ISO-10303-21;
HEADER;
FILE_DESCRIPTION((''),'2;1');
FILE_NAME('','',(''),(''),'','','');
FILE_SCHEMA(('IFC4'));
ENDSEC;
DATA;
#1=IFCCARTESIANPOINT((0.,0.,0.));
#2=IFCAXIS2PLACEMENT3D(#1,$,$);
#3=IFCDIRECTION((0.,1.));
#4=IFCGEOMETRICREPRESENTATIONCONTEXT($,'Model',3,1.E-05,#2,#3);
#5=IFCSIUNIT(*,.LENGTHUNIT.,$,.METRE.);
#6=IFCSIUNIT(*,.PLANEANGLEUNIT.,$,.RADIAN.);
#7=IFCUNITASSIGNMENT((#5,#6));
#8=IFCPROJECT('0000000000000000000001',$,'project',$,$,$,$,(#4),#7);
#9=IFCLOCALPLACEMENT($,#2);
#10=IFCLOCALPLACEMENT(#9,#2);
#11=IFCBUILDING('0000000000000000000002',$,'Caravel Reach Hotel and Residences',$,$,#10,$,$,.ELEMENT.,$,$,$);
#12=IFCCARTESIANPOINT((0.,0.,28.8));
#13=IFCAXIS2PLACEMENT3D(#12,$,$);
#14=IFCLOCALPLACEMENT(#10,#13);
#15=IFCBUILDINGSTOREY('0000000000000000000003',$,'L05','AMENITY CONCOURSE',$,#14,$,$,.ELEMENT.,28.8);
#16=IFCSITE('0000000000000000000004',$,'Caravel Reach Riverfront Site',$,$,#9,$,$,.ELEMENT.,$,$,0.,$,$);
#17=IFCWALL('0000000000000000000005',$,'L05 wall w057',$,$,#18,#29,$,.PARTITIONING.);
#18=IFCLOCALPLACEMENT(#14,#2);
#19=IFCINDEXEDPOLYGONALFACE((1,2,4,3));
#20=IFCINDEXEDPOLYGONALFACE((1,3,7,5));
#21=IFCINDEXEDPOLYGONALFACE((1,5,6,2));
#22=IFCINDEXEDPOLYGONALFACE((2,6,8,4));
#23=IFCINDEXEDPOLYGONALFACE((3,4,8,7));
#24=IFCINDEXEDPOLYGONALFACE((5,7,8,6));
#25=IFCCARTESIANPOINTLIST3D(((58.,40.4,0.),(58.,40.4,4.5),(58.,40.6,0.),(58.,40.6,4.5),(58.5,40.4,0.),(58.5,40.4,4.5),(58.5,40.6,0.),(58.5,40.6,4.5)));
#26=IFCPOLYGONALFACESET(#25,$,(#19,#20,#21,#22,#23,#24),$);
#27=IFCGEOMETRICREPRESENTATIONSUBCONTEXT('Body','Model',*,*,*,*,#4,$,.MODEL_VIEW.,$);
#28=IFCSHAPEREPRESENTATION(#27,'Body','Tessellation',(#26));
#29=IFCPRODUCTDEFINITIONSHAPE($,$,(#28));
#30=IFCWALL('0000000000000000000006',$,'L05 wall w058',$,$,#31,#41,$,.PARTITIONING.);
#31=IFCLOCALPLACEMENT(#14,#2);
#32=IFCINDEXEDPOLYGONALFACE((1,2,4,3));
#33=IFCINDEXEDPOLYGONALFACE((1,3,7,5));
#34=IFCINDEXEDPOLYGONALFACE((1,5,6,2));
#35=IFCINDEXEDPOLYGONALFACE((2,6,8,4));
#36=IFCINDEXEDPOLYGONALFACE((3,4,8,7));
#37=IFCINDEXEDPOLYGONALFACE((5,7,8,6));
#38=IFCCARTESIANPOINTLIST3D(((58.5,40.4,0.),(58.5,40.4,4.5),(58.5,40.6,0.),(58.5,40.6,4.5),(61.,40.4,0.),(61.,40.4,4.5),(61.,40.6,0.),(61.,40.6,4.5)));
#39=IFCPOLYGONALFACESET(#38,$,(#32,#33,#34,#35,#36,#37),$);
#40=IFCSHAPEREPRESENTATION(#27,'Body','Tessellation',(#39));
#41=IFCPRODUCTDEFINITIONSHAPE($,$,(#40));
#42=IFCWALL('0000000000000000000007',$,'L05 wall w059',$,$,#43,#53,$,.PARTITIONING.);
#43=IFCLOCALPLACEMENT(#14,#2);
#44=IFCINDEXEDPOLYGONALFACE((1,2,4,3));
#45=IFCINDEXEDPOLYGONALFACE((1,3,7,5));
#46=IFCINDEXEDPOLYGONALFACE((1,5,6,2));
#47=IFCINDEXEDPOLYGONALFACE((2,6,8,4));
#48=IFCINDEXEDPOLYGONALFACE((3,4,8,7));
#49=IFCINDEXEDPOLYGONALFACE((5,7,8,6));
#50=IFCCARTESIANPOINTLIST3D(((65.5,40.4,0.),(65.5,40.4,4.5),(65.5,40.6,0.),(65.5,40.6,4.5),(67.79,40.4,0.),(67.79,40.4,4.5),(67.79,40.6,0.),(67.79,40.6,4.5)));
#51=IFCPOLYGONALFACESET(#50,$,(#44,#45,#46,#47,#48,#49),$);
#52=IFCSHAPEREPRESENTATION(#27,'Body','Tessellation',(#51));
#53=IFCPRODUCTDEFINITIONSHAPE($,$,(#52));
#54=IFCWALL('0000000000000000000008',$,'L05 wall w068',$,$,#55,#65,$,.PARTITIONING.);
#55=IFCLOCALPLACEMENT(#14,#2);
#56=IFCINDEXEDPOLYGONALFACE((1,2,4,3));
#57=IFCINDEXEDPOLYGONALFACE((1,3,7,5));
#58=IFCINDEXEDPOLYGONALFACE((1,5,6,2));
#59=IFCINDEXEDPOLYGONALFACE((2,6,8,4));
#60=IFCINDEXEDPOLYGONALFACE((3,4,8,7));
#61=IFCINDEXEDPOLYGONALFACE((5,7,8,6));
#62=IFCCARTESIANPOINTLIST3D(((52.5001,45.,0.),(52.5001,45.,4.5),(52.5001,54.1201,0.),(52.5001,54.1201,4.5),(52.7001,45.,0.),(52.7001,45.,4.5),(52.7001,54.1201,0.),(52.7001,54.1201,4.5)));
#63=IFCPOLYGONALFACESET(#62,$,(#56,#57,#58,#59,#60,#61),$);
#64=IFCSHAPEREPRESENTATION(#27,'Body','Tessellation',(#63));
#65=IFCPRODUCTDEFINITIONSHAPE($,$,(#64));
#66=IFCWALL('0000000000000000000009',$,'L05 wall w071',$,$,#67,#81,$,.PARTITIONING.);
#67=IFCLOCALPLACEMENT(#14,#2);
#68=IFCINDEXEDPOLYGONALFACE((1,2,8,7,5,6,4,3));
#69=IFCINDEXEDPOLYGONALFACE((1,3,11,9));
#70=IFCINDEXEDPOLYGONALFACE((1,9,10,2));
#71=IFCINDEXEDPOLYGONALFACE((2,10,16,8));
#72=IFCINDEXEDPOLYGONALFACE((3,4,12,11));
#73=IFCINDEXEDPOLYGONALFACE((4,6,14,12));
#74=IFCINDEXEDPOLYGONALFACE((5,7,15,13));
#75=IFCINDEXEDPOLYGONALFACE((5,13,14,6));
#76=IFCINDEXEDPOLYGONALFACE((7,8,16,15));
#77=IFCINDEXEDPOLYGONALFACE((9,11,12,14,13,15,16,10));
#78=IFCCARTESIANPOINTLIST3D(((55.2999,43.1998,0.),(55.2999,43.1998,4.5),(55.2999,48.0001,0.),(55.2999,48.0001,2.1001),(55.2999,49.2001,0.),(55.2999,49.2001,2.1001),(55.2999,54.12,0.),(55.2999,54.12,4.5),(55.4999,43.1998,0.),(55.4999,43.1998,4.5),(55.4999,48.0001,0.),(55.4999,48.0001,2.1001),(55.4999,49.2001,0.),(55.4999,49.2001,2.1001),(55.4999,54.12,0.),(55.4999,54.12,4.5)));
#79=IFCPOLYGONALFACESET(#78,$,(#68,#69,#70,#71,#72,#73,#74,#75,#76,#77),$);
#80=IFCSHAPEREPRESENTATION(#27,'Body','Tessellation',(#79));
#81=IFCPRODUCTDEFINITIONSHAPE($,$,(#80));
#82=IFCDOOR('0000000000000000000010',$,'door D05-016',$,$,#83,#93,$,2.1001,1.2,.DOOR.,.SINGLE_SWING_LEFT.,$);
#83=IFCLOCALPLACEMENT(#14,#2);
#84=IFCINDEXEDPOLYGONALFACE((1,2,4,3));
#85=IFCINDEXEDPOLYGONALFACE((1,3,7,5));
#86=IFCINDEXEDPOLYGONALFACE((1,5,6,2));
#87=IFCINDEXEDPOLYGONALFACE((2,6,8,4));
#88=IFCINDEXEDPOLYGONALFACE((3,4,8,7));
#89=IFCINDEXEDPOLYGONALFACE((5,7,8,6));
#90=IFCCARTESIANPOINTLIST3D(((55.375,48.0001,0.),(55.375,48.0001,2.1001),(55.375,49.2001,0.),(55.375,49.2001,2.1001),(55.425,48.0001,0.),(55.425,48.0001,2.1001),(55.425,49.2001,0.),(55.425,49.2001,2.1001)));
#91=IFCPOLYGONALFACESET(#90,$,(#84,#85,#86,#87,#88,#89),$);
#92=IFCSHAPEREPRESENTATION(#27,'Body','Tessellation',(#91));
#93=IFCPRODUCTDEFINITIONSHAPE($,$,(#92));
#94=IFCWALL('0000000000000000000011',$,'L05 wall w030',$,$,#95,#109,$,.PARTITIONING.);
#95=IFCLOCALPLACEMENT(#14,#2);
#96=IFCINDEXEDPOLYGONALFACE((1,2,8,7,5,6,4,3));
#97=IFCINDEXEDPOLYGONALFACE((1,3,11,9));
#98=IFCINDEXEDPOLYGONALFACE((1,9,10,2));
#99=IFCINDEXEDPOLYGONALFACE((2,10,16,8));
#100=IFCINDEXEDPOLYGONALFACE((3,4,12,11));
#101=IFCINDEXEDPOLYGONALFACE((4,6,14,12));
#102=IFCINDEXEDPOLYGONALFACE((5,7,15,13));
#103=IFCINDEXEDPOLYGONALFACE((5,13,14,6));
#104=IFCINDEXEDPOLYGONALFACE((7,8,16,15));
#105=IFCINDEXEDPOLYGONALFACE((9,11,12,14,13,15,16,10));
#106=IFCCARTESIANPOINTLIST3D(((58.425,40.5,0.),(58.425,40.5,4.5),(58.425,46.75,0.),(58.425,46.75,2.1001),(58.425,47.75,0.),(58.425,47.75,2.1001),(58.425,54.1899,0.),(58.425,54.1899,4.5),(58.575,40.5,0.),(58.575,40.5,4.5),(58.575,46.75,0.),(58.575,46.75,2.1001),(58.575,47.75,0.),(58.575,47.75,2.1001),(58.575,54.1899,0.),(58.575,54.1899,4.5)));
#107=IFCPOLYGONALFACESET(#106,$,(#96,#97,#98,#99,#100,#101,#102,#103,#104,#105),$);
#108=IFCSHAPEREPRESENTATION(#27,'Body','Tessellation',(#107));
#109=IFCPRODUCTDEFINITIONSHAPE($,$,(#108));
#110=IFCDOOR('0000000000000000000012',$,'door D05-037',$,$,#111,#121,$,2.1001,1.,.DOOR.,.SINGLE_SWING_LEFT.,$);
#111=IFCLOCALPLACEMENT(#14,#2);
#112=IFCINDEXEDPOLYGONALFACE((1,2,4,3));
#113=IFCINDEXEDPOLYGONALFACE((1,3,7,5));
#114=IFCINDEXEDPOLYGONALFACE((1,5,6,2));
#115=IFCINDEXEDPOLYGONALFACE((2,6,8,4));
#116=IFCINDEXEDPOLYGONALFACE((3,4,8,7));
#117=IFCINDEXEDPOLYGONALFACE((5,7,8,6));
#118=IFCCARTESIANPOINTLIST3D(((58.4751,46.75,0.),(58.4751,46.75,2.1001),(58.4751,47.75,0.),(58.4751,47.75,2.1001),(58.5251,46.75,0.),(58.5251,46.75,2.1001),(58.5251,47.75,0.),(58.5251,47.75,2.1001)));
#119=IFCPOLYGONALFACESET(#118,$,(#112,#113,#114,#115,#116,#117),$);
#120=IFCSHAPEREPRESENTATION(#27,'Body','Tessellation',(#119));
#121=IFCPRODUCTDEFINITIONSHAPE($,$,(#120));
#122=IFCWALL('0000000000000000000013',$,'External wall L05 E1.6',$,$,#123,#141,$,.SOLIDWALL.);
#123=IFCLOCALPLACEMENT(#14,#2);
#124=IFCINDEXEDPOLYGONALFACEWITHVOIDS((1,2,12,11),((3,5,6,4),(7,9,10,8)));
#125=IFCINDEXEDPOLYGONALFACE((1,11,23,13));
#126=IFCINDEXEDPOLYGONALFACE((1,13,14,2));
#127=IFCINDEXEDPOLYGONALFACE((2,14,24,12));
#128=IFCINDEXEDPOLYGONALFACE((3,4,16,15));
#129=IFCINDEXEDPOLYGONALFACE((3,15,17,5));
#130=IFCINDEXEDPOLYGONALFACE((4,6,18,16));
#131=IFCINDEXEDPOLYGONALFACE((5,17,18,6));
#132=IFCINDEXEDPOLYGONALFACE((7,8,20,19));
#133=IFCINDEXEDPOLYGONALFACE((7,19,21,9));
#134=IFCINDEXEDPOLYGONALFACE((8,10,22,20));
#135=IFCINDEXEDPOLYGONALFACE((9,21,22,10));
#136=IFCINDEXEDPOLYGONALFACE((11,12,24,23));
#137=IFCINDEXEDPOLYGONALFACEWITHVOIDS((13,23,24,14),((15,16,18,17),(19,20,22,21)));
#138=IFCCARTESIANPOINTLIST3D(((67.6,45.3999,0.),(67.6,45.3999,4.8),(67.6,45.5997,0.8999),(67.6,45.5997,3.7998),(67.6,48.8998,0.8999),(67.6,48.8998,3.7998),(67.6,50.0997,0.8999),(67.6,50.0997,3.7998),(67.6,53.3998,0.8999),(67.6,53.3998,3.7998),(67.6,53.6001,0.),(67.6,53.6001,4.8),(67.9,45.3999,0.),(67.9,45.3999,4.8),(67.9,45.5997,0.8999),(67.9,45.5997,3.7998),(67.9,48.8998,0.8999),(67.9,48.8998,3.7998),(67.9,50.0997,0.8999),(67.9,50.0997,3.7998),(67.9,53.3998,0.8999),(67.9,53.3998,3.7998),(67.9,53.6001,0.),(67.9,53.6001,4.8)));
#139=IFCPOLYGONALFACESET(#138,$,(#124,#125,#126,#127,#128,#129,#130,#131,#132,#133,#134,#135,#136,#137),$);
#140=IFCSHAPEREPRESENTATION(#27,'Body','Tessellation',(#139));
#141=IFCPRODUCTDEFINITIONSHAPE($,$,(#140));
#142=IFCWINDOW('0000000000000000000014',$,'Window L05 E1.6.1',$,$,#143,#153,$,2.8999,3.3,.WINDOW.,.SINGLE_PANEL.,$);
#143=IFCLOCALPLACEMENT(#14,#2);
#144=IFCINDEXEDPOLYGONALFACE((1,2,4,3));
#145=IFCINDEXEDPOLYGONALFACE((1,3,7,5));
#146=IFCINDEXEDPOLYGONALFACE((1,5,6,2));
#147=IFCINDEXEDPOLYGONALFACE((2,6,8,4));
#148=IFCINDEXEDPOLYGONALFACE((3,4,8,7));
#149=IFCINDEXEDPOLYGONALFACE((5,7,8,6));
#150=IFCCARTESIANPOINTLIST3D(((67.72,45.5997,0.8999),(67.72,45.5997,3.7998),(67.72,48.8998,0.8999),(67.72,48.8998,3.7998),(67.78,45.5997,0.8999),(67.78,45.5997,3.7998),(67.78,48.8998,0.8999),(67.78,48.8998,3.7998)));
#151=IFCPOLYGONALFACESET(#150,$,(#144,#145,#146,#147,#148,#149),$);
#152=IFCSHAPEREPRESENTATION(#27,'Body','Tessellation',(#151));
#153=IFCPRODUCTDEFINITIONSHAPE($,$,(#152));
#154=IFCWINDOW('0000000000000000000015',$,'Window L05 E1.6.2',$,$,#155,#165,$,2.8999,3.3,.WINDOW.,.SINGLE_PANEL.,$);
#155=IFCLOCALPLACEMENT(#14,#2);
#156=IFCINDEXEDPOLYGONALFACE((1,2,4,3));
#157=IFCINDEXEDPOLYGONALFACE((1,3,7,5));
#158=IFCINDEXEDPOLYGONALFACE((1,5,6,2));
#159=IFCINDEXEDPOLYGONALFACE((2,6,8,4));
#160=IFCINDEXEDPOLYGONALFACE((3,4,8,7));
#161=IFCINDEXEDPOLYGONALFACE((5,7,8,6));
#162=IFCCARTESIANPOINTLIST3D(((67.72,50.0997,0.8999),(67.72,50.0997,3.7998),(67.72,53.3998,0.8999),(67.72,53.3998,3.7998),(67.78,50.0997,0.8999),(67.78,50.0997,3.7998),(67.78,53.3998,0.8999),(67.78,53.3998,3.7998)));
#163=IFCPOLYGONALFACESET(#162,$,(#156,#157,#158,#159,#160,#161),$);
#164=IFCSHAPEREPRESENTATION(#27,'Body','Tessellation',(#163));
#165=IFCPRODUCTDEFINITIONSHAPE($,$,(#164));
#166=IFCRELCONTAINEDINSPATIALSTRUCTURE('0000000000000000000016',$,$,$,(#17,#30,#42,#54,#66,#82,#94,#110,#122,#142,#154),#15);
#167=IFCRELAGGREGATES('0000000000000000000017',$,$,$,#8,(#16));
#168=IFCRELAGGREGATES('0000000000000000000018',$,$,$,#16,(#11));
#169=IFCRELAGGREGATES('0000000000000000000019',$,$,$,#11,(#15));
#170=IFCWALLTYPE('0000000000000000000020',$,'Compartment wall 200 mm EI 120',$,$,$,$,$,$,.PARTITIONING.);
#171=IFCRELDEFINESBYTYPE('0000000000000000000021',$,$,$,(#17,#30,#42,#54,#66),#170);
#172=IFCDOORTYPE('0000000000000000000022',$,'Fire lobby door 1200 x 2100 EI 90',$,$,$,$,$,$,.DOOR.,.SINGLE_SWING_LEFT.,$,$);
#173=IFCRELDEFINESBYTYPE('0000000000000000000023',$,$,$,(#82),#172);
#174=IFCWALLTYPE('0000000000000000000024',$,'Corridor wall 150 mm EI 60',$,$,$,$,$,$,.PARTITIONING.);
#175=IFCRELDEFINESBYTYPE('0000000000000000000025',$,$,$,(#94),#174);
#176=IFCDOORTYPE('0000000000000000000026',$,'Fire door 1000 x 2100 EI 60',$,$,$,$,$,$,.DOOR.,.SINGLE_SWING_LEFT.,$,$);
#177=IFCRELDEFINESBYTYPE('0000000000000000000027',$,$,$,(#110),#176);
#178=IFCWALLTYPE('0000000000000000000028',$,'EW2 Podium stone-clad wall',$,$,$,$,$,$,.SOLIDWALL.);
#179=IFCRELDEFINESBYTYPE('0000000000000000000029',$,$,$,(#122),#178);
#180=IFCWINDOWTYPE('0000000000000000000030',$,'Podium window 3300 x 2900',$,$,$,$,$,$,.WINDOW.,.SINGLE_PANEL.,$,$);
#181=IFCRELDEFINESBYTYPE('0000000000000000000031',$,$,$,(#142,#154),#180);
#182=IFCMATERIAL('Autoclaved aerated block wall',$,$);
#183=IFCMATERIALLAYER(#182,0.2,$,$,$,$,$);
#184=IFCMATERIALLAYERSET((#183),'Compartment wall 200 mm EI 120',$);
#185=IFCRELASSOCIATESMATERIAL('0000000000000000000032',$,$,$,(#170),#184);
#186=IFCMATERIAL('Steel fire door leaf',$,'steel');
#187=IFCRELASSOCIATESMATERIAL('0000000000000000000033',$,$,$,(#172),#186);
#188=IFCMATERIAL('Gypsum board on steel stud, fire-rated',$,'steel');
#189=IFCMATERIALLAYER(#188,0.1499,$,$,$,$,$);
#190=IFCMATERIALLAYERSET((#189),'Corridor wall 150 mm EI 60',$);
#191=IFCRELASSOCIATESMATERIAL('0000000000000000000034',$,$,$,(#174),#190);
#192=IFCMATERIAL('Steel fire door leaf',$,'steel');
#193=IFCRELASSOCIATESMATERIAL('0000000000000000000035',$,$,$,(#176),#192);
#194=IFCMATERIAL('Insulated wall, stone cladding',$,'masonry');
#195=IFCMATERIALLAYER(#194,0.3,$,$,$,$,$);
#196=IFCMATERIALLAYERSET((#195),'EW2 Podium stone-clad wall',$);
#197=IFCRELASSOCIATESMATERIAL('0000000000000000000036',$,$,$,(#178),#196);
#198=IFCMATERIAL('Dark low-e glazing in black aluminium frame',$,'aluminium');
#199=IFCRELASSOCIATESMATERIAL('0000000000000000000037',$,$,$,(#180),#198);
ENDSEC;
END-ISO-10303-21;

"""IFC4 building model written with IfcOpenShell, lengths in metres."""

from ifc_helpers import new_model, si_unit, direction, frame, frame_2d, origin, place, context, subcontext, project, spatial, rectangle, extrude, material, layer, layer_set, type_object, element, fill, save


model = new_model("IFC4")

# Units and contexts
model_context = context("Model", 3, precision=1e-05, world=origin(), true_north=direction((0.0, 1.0)))
body_context = subcontext(model_context, "Body", "Model", "MODEL_VIEW")
ifc_project = project(units=[si_unit("LENGTHUNIT", "METRE"), si_unit("PLANEANGLEUNIT", "RADIAN")], contexts=[model_context])

# Site, building, storey
site_placement = place(None, origin())
site = spatial("IfcSite", under=ifc_project, at=site_placement, Name="Caravel Reach Riverfront Site", CompositionType="ELEMENT", RefElevation=0.0)
building_placement = place(site_placement, origin())
building = spatial("IfcBuilding", under=site, at=building_placement, Name="Caravel Reach Hotel and Residences", CompositionType="ELEMENT")
storey_placement = place(building_placement, frame((0.0, 0.0, 28.8)))
storey = spatial("IfcBuildingStorey", under=building, at=storey_placement, Name="L05", Description="AMENITY CONCOURSE", CompositionType="ELEMENT", Elevation=28.8)

# Walls
ifc_material_1 = material(Name="Autoclaved aerated block wall")
ifc_layer_1 = layer(ifc_material_1, 0.2)
ifc_layer_set_1 = layer_set([ifc_layer_1], Name="Compartment wall 200 mm EI 120")
wall_type_1 = type_object("IfcWallType", Name="Compartment wall 200 mm EI 120", PredefinedType="PARTITIONING", material=ifc_layer_set_1)
wall_1_placement = place(storey_placement, frame((58.0, 40.5, 0.0), z_axis=(0.0, 0.0, 1.0), x_axis=(1.0, 0.0, 0.0)))
element("IfcWall", 1, at=wall_1_placement, inside=storey, type_object=wall_type_1, Name="L05 wall w057", PredefinedType="PARTITIONING", context=body_context, shape_type="SweptSolid", body=[
    extrude(rectangle(XDim=0.5, YDim=0.2, at=frame_2d((0.25, 0.0))), origin(), (0.0, 0.0, 1.0), 4.5),
])
wall_2_placement = place(storey_placement, frame((58.5, 40.5, 0.0), z_axis=(0.0, 0.0, 1.0), x_axis=(1.0, 0.0, 0.0)))
element("IfcWall", 2, at=wall_2_placement, inside=storey, type_object=wall_type_1, Name="L05 wall w058", PredefinedType="PARTITIONING", context=body_context, shape_type="SweptSolid", body=[
    extrude(rectangle(XDim=2.5, YDim=0.2, at=frame_2d((1.25, 0.0))), origin(), (0.0, 0.0, 1.0), 4.5),
])
wall_3_placement = place(storey_placement, frame((65.5, 40.5, 0.0), z_axis=(0.0, 0.0, 1.0), x_axis=(1.0, 0.0, 0.0)))
element("IfcWall", 3, at=wall_3_placement, inside=storey, type_object=wall_type_1, Name="L05 wall w059", PredefinedType="PARTITIONING", context=body_context, shape_type="SweptSolid", body=[
    extrude(rectangle(XDim=2.29, YDim=0.2, at=frame_2d((1.145, 0.0))), origin(), (0.0, 0.0, 1.0), 4.5),
])
wall_4_placement = place(storey_placement, frame((52.6001, 45.0, 0.0), z_axis=(0.0, 0.0, 1.0), x_axis=(0.0, 1.0, 0.0)))
element("IfcWall", 4, at=wall_4_placement, inside=storey, type_object=wall_type_1, Name="L05 wall w068", PredefinedType="PARTITIONING", context=body_context, shape_type="SweptSolid", body=[
    extrude(rectangle(XDim=9.1201, YDim=0.2, at=frame_2d((4.5601, 0.0))), origin(), (0.0, 0.0, 1.0), 4.5),
])

# Walls, openings, doors
wall_5_placement = place(storey_placement, frame((55.3999, 43.2, 0.0), z_axis=(0.0, 0.0, 1.0), x_axis=(0.0, 1.0, 0.0)))
wall_5 = element("IfcWall", 5, at=wall_5_placement, inside=storey, type_object=wall_type_1, Name="L05 wall w071", PredefinedType="PARTITIONING", context=body_context, shape_type="SweptSolid", body=[
    extrude(rectangle(XDim=10.9202, YDim=0.2, at=frame_2d((5.46, 0.0))), origin(), (0.0, 0.0, 1.0), 4.5),
])
opening_1_placement = place(wall_5_placement, frame((4.8, 0.0, 0.0)))
opening_1 = element("IfcOpeningElement", 6, at=opening_1_placement, cuts=wall_5, PredefinedType="OPENING", context=body_context, shape_type="SweptSolid", body=[
    extrude(rectangle(XDim=1.2, YDim=2.1001, at=frame_2d((0.6001, 1.05))), frame((0.0, 0.1099, 0.0), z_axis=(0.0, -1.0, 0.0), x_axis=(1.0, 0.0, 0.0)), (0.0, 0.0, 1.0), 0.22),
])
ifc_material_2 = material(Name="Steel fire door leaf", Category="steel")
door_type_1 = type_object("IfcDoorType", Name="Fire lobby door 1200 x 2100 EI 90", OperationType="SINGLE_SWING_LEFT", PredefinedType="DOOR", material=ifc_material_2)
door_1_placement = place(opening_1_placement, origin())
door_1 = element("IfcDoor", 7, at=door_1_placement, inside=storey, type_object=door_type_1, Name="door D05-016", OperationType="SINGLE_SWING_LEFT", OverallHeight=2.1001, OverallWidth=1.2, PredefinedType="DOOR", context=body_context, shape_type="SweptSolid", body=[
    extrude(rectangle(XDim=1.2, YDim=2.1001, at=frame_2d((0.6001, 1.05))), frame((0.0, 0.0249, 0.0), z_axis=(0.0, -1.0, 0.0), x_axis=(1.0, 0.0, 0.0)), (0.0, 0.0, 1.0), 0.05),
])
fill(opening_1, door_1)
ifc_material_3 = material(Name="Gypsum board on steel stud, fire-rated", Category="steel")
ifc_layer_2 = layer(ifc_material_3, 0.1499)
ifc_layer_set_2 = layer_set([ifc_layer_2], Name="Corridor wall 150 mm EI 60")
wall_type_2 = type_object("IfcWallType", Name="Corridor wall 150 mm EI 60", PredefinedType="PARTITIONING", material=ifc_layer_set_2)
wall_6_placement = place(storey_placement, frame((58.5, 40.5, 0.0), z_axis=(0.0, 0.0, 1.0), x_axis=(0.0, 1.0, 0.0)))
wall_6 = element("IfcWall", 8, at=wall_6_placement, inside=storey, type_object=wall_type_2, Name="L05 wall w030", PredefinedType="PARTITIONING", context=body_context, shape_type="SweptSolid", body=[
    extrude(rectangle(XDim=13.6899, YDim=0.1499, at=frame_2d((6.845, 0.0))), origin(), (0.0, 0.0, 1.0), 4.5),
])
opening_2_placement = place(wall_6_placement, frame((6.25, 0.0, 0.0)))
opening_2 = element("IfcOpeningElement", 9, at=opening_2_placement, cuts=wall_6, PredefinedType="OPENING", context=body_context, shape_type="SweptSolid", body=[
    extrude(rectangle(XDim=1.0, YDim=2.1001, at=frame_2d((0.5, 1.05))), frame((0.0, 0.085, 0.0), z_axis=(0.0, -1.0, 0.0), x_axis=(1.0, 0.0, 0.0)), (0.0, 0.0, 1.0), 0.1699),
])
ifc_material_4 = material(Name="Steel fire door leaf", Category="steel")
door_type_2 = type_object("IfcDoorType", Name="Fire door 1000 x 2100 EI 60", OperationType="SINGLE_SWING_LEFT", PredefinedType="DOOR", material=ifc_material_4)
door_2_placement = place(opening_2_placement, origin())
door_2 = element("IfcDoor", 10, at=door_2_placement, inside=storey, type_object=door_type_2, Name="door D05-037", OperationType="SINGLE_SWING_LEFT", OverallHeight=2.1001, OverallWidth=1.0, PredefinedType="DOOR", context=body_context, shape_type="SweptSolid", body=[
    extrude(rectangle(XDim=1.0, YDim=2.1001, at=frame_2d((0.5, 1.05))), frame((0.0, 0.0249, 0.0), z_axis=(0.0, -1.0, 0.0), x_axis=(1.0, 0.0, 0.0)), (0.0, 0.0, 1.0), 0.05),
])
fill(opening_2, door_2)

# Wall, openings, windows
ifc_material_5 = material(Name="Insulated wall, stone cladding", Category="masonry")
ifc_layer_3 = layer(ifc_material_5, 0.3)
ifc_layer_set_3 = layer_set([ifc_layer_3], Name="EW2 Podium stone-clad wall")
wall_type_3 = type_object("IfcWallType", Name="EW2 Podium stone-clad wall", PredefinedType="SOLIDWALL", material=ifc_layer_set_3)
wall_7_placement = place(storey_placement, frame((67.75, 45.3999, 0.0), z_axis=(0.0, 0.0, 1.0), x_axis=(0.0, 1.0, 0.0)))
wall_7 = element("IfcWall", 11, at=wall_7_placement, inside=storey, type_object=wall_type_3, Name="External wall L05 E1.6", PredefinedType="SOLIDWALL", context=body_context, shape_type="SweptSolid", body=[
    extrude(rectangle(XDim=8.2002, YDim=0.3, at=frame_2d((4.1001, 0.0))), origin(), (0.0, 0.0, 1.0), 4.8),
])
opening_3_placement = place(wall_7_placement, frame((0.2, 0.0, 0.8999)))
opening_3 = element("IfcOpeningElement", 12, at=opening_3_placement, cuts=wall_7, PredefinedType="OPENING", context=body_context, shape_type="SweptSolid", body=[
    extrude(rectangle(XDim=3.3, YDim=2.8999, at=frame_2d((1.6499, 1.45))), frame((0.0, 0.1599, 0.0), z_axis=(0.0, -1.0, 0.0), x_axis=(1.0, 0.0, 0.0)), (0.0, 0.0, 1.0), 0.3201),
])
opening_4_placement = place(wall_7_placement, frame((4.7, 0.0, 0.8999)))
opening_4 = element("IfcOpeningElement", 13, at=opening_4_placement, cuts=wall_7, PredefinedType="OPENING", context=body_context, shape_type="SweptSolid", body=[
    extrude(rectangle(XDim=3.3, YDim=2.8999, at=frame_2d((1.6499, 1.45))), frame((0.0, 0.1599, 0.0), z_axis=(0.0, -1.0, 0.0), x_axis=(1.0, 0.0, 0.0)), (0.0, 0.0, 1.0), 0.3201),
])
ifc_material_6 = material(Name="Dark low-e glazing in black aluminium frame", Category="aluminium")
window_type = type_object("IfcWindowType", Name="Podium window 3300 x 2900", PartitioningType="SINGLE_PANEL", PredefinedType="WINDOW", material=ifc_material_6)
window_1_placement = place(opening_3_placement, origin())
window_1 = element("IfcWindow", 14, at=window_1_placement, inside=storey, type_object=window_type, Name="Window L05 E1.6.1", OverallHeight=2.8999, OverallWidth=3.3, PartitioningType="SINGLE_PANEL", PredefinedType="WINDOW", context=body_context, shape_type="SweptSolid", body=[
    extrude(rectangle(XDim=3.3, YDim=2.8999, at=frame_2d((1.6499, 1.45))), frame((0.0, 0.03, 0.0), z_axis=(0.0, -1.0, 0.0), x_axis=(1.0, 0.0, 0.0)), (0.0, 0.0, 1.0), 0.0601),
])
fill(opening_3, window_1)
window_2_placement = place(opening_4_placement, origin())
window_2 = element("IfcWindow", 15, at=window_2_placement, inside=storey, type_object=window_type, Name="Window L05 E1.6.2", OverallHeight=2.8999, OverallWidth=3.3, PartitioningType="SINGLE_PANEL", PredefinedType="WINDOW", context=body_context, shape_type="SweptSolid", body=[
    extrude(rectangle(XDim=3.3, YDim=2.8999, at=frame_2d((1.6499, 1.45))), frame((0.0, 0.03, 0.0), z_axis=(0.0, -1.0, 0.0), x_axis=(1.0, 0.0, 0.0)), (0.0, 0.0, 1.0), 0.0601),
])
fill(opening_4, window_2)

save(model, "model.ifc")
